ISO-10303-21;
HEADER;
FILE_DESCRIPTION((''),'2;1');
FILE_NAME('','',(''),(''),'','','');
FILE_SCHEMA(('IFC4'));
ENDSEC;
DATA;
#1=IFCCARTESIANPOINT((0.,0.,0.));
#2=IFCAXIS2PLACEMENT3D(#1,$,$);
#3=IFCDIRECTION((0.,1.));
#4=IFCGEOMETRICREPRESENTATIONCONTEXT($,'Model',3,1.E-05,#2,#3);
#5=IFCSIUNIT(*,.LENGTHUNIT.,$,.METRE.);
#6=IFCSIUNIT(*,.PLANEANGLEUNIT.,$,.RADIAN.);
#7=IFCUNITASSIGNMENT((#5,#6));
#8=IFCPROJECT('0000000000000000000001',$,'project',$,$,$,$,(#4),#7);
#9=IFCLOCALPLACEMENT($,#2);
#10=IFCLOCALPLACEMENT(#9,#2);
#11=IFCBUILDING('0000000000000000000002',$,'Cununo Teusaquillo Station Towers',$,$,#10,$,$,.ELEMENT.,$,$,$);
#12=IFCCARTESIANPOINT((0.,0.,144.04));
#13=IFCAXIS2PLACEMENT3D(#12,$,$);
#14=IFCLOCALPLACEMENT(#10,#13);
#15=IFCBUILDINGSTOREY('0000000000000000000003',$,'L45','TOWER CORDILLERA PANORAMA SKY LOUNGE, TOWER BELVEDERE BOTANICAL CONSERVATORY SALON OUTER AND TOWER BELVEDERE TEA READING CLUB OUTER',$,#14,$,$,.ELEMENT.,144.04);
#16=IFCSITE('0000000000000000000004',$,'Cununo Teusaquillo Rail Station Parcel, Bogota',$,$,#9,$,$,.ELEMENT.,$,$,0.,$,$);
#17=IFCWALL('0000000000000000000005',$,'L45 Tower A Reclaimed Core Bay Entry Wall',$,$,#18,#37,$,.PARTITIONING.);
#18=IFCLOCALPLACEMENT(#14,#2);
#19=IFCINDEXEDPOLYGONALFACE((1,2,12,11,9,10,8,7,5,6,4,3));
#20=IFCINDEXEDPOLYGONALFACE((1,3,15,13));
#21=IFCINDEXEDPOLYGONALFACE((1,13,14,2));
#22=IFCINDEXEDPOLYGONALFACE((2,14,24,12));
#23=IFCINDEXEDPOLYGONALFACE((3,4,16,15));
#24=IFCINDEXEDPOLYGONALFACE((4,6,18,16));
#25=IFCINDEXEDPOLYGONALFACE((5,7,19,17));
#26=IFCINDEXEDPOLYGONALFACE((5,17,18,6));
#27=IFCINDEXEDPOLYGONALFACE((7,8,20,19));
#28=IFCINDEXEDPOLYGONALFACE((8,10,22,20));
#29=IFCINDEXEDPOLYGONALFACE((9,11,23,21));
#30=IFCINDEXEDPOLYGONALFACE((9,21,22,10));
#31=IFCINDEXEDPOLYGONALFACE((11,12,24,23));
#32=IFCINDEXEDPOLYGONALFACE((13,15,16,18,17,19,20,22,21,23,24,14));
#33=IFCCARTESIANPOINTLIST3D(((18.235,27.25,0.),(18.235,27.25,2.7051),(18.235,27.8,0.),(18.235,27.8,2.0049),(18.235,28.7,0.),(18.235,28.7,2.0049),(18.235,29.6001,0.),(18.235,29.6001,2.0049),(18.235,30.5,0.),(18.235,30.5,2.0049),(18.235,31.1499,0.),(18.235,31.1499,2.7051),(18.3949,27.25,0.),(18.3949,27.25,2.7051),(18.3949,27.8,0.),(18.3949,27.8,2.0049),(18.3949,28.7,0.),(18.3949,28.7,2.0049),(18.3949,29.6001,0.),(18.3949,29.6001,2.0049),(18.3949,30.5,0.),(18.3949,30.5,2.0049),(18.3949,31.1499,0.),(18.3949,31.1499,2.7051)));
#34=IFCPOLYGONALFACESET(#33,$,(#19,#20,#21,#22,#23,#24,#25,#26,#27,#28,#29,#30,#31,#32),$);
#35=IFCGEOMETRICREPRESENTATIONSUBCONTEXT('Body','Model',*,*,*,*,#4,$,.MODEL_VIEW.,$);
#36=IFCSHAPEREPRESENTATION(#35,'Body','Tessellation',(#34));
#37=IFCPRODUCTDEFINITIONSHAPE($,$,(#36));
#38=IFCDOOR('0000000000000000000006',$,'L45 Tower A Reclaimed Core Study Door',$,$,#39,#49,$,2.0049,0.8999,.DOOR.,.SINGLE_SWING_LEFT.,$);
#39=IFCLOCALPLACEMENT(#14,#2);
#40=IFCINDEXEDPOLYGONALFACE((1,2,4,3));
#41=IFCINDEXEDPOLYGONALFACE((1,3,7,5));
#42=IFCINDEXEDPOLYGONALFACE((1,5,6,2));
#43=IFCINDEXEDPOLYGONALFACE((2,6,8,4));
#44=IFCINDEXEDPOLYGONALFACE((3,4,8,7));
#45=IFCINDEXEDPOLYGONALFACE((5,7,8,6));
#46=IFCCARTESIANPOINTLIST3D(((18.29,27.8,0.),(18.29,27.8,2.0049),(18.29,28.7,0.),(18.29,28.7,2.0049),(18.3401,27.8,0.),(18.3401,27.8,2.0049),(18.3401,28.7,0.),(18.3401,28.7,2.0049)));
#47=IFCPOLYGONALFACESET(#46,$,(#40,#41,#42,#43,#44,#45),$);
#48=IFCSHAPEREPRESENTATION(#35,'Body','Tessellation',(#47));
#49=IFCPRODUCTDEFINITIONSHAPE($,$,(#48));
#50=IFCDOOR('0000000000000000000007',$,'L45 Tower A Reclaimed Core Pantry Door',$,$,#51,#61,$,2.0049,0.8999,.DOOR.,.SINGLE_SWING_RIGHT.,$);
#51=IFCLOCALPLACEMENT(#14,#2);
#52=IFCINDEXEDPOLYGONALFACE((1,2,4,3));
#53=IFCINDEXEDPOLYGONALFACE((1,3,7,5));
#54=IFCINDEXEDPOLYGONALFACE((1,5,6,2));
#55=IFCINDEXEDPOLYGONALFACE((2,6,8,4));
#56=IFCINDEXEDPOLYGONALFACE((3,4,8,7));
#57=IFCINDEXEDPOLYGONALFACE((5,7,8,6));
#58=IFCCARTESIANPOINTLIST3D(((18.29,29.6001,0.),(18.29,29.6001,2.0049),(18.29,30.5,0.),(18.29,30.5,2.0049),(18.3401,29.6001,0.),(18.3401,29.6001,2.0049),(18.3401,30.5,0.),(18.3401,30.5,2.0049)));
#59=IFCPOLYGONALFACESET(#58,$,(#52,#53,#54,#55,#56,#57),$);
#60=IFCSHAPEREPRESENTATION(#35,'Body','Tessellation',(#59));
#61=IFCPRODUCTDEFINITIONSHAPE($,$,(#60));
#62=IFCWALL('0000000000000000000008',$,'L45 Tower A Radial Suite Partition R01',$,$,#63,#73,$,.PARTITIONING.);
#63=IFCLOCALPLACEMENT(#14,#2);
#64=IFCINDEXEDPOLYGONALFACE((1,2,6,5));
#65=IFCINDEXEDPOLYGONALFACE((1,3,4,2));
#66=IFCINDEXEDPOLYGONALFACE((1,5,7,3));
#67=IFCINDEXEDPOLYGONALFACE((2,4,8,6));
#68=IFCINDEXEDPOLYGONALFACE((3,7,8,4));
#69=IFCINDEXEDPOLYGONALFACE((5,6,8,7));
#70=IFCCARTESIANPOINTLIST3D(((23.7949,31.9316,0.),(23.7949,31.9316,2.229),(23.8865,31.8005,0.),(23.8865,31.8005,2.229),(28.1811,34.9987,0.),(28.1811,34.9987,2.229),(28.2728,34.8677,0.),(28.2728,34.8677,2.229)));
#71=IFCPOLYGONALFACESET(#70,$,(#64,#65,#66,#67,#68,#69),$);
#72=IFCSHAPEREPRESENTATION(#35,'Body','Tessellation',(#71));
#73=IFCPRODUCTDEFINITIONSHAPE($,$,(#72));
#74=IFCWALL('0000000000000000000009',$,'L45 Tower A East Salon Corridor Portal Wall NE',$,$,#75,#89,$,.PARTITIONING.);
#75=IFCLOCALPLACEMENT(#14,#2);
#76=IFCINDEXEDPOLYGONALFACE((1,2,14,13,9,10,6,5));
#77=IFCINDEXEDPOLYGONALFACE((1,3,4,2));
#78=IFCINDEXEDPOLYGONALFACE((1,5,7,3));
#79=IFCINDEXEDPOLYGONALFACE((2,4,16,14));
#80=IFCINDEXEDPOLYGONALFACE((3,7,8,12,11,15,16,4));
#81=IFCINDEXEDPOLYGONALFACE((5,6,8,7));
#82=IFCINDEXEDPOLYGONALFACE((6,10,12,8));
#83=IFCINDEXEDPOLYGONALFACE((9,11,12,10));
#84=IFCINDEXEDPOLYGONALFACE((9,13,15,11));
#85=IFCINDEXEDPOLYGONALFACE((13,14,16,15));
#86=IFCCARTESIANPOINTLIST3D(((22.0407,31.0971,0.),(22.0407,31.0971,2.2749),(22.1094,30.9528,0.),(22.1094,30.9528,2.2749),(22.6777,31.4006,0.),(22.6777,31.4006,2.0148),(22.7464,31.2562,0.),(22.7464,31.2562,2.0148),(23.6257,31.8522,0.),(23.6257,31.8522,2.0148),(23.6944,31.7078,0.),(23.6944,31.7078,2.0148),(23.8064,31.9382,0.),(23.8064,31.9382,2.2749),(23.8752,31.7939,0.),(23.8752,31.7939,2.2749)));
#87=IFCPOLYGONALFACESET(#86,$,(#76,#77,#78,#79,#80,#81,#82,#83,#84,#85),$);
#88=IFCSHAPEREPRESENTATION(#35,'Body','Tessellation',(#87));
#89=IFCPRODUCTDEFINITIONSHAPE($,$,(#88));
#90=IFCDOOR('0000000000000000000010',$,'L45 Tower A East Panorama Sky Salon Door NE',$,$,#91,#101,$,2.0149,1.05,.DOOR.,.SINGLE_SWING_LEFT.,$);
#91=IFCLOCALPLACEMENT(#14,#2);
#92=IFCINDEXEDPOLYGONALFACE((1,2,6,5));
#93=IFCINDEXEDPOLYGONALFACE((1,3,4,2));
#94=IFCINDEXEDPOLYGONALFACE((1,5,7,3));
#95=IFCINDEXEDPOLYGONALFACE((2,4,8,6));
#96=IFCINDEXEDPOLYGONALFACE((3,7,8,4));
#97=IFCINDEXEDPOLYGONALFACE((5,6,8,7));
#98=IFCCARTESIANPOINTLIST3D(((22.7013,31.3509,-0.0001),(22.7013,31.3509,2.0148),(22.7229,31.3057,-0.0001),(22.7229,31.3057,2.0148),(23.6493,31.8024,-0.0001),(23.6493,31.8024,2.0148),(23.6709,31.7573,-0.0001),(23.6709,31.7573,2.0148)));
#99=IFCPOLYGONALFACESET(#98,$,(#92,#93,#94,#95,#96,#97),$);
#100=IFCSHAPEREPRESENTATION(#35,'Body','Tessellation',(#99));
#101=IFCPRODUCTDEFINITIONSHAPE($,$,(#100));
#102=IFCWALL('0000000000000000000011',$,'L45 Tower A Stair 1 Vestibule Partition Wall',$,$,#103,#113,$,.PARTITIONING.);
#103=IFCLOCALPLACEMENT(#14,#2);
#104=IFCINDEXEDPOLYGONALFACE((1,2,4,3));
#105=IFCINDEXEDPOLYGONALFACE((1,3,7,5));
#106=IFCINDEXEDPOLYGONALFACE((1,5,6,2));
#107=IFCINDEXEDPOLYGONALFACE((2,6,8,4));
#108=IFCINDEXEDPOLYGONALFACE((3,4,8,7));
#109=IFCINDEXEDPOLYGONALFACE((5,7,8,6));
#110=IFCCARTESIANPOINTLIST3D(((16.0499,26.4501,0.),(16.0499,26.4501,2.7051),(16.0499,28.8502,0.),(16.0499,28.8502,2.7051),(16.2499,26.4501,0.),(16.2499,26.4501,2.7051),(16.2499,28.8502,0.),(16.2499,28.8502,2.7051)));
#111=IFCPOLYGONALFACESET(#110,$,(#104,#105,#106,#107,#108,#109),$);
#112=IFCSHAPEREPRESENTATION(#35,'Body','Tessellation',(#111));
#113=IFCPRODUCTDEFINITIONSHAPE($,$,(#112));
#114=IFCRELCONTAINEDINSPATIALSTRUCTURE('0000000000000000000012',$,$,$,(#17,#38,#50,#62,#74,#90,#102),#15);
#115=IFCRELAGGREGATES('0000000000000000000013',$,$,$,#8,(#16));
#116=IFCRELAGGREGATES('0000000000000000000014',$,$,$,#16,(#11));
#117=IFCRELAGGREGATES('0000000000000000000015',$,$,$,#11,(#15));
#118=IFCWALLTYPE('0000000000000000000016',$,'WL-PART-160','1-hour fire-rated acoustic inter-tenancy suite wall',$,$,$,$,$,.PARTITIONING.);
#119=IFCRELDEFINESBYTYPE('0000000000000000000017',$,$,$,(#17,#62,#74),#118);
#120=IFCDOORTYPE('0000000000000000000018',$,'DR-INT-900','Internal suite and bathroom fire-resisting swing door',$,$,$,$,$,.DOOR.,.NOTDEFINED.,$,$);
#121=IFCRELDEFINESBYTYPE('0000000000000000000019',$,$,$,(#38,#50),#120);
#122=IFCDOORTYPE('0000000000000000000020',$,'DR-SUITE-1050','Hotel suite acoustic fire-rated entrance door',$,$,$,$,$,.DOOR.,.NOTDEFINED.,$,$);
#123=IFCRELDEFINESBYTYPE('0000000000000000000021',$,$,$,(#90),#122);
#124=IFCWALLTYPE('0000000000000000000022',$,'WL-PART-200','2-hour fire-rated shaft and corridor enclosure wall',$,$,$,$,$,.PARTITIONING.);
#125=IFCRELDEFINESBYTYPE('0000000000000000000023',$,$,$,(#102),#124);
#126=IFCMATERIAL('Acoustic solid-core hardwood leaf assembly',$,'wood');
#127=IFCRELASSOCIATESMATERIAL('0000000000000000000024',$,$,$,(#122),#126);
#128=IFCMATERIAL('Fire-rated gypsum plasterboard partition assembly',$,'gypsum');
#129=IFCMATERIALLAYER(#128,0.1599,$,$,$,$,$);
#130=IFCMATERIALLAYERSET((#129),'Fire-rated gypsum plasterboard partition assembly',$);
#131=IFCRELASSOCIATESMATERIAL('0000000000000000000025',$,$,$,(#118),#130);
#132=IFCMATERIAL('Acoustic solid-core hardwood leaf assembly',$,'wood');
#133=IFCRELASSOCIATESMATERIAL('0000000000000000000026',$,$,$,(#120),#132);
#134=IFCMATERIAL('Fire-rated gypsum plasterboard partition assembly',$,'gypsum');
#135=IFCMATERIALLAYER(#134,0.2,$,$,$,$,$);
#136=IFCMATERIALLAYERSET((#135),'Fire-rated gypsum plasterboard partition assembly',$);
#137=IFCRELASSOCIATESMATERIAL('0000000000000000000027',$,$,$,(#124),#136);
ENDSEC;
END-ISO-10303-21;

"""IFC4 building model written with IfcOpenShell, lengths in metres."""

from ifc_helpers import new_model, si_unit, direction, frame, frame_2d, origin, place, context, subcontext, project, spatial, rectangle, extrude, source, transform, mapped, material, layer, layer_set, type_object, element, fill, save


model = new_model("IFC4")

# Units and contexts
model_context = context("Model", 3, precision=1e-05, world=origin(), true_north=direction((0.0, 1.0)))
body_context = subcontext(model_context, "Body", "Model", "MODEL_VIEW")
ifc_project = project(units=[si_unit("LENGTHUNIT", "METRE"), si_unit("PLANEANGLEUNIT", "RADIAN")], contexts=[model_context])

# Site, building, storey
site_placement = place(None, origin())
site = spatial("IfcSite", under=ifc_project, at=site_placement, Name="Cununo Teusaquillo Rail Station Parcel, Bogota", CompositionType="ELEMENT", RefElevation=0.0)
building_placement = place(site_placement, origin())
building = spatial("IfcBuilding", under=site, at=building_placement, Name="Cununo Teusaquillo Station Towers", CompositionType="ELEMENT")
storey_placement = place(building_placement, frame((0.0, 0.0, 144.04)))
storey = spatial("IfcBuildingStorey", under=building, at=storey_placement, Name="L45", Description="TOWER CORDILLERA PANORAMA SKY LOUNGE, TOWER BELVEDERE BOTANICAL CONSERVATORY SALON OUTER AND TOWER BELVEDERE TEA READING CLUB OUTER", CompositionType="ELEMENT", Elevation=144.04)

# Shared definitions
shared_shape_1 = source(origin(), body_context, "Body", "SweptSolid", [
    extrude(rectangle(XDim=0.8999, YDim=2.0049, at=frame_2d((0.45, 1.0024))), frame((0.0, 0.0249, 0.0), z_axis=(0.0, -1.0, 0.0), x_axis=(1.0, 0.0, 0.0)), (0.0, 0.0, 1.0), 0.05),
])

# Shared definitions
ifc_material_1 = material(Name="Acoustic solid-core hardwood leaf assembly", Category="wood")
door_type_1 = type_object("IfcDoorType", Name="DR-SUITE-1050", Description="Hotel suite acoustic fire-rated entrance door", OperationType="NOTDEFINED", PredefinedType="DOOR", material=ifc_material_1)
shared_shape_2 = source(origin(), body_context, "Body", "SweptSolid", [
    extrude(rectangle(XDim=1.05, YDim=2.0149, at=frame_2d((0.5249, 1.0073))), frame((0.0, 0.0249, 0.0), z_axis=(0.0, -1.0, 0.0), x_axis=(1.0, 0.0, 0.0)), (0.0, 0.0, 1.0), 0.05),
])

# Wall, openings, doors
ifc_material_2 = material(Name="Fire-rated gypsum plasterboard partition assembly", Category="gypsum")
ifc_layer_1 = layer(ifc_material_2, 0.1599)
ifc_layer_set_1 = layer_set([ifc_layer_1], Name="Fire-rated gypsum plasterboard partition assembly")
wall_type_1 = type_object("IfcWallType", Name="WL-PART-160", Description="1-hour fire-rated acoustic inter-tenancy suite wall", PredefinedType="PARTITIONING", material=ifc_layer_set_1)
wall_1_placement = place(storey_placement, frame((18.3149, 27.25, 0.0), z_axis=(0.0, 0.0, 1.0), x_axis=(0.0, 1.0, 0.0)))
wall_1 = element("IfcWall", 1, at=wall_1_placement, inside=storey, type_object=wall_type_1, Name="L45 Tower A Reclaimed Core Bay Entry Wall", PredefinedType="PARTITIONING", context=body_context, shape_type="SweptSolid", body=[
    extrude(rectangle(XDim=3.8999, YDim=0.1599, at=frame_2d((1.95, 0.0))), origin(), (0.0, 0.0, 1.0), 2.7051),
])
shared_shape_3 = source(origin(), body_context, "Body", "SweptSolid", [
    extrude(rectangle(XDim=0.8999, YDim=2.0049, at=frame_2d((0.45, 1.0024))), frame((0.0, 0.0898, 0.0), z_axis=(0.0, -1.0, 0.0), x_axis=(1.0, 0.0, 0.0)), (0.0, 0.0, 1.0), 0.1799),
])
opening_1_placement = place(wall_1_placement, frame((0.55, 0.0, 0.0)))
opening_1 = element("IfcOpeningElement", 2, at=opening_1_placement, cuts=wall_1, PredefinedType="OPENING", context=body_context, shape_type="MappedRepresentation", body=[
    mapped(shared_shape_3, transform((0.0, 0.0, 0.0), x_axis=(1.0, 0.0, 0.0), y_axis=(0.0, 1.0, 0.0), z_axis=(0.0, 0.0, 1.0), scale=1.0)),
])
opening_2_placement = place(wall_1_placement, frame((2.3501, 0.0, 0.0)))
opening_2 = element("IfcOpeningElement", 3, at=opening_2_placement, cuts=wall_1, PredefinedType="OPENING", context=body_context, shape_type="MappedRepresentation", body=[
    mapped(shared_shape_3, transform((0.0, 0.0, 0.0), x_axis=(1.0, 0.0, 0.0), y_axis=(0.0, 1.0, 0.0), z_axis=(0.0, 0.0, 1.0), scale=1.0)),
])
ifc_material_3 = material(Name="Acoustic solid-core hardwood leaf assembly", Category="wood")
door_type_2 = type_object("IfcDoorType", Name="DR-INT-900", Description="Internal suite and bathroom fire-resisting swing door", OperationType="NOTDEFINED", PredefinedType="DOOR", material=ifc_material_3)
door_1_placement = place(opening_1_placement, origin())
door_1 = element("IfcDoor", 4, at=door_1_placement, inside=storey, type_object=door_type_2, Name="L45 Tower A Reclaimed Core Study Door", OperationType="SINGLE_SWING_LEFT", OverallHeight=2.0049, OverallWidth=0.8999, PredefinedType="DOOR", context=body_context, shape_type="MappedRepresentation", body=[
    mapped(shared_shape_1, transform((0.0, 0.0, 0.0), x_axis=(1.0, 0.0, 0.0), y_axis=(0.0, 1.0, 0.0), z_axis=(0.0, 0.0, 1.0), scale=1.0)),
])
fill(opening_1, door_1)
door_2_placement = place(opening_2_placement, origin())
door_2 = element("IfcDoor", 5, at=door_2_placement, inside=storey, type_object=door_type_2, Name="L45 Tower A Reclaimed Core Pantry Door", OperationType="SINGLE_SWING_RIGHT", OverallHeight=2.0049, OverallWidth=0.8999, PredefinedType="DOOR", context=body_context, shape_type="MappedRepresentation", body=[
    mapped(shared_shape_1, transform((0.0, 0.0, 0.0), x_axis=(1.0, 0.0, 0.0), y_axis=(0.0, 1.0, 0.0), z_axis=(0.0, 0.0, 1.0), scale=1.0)),
])
fill(opening_2, door_2)

# Wall
wall_2_placement = place(storey_placement, frame((23.8406, 31.866, 0.0), z_axis=(0.0, 0.0, 1.0), x_axis=(0.819515, 0.573058, 0.0)))
element("IfcWall", 6, at=wall_2_placement, inside=storey, type_object=wall_type_1, Name="L45 Tower A Radial Suite Partition R01", PredefinedType="PARTITIONING", context=body_context, shape_type="SweptSolid", body=[
    extrude(rectangle(XDim=5.3523, YDim=0.1599, at=frame_2d((2.6763, 0.0))), origin(), (0.0, 0.0, 1.0), 2.229),
])

# Wall, opening, door
wall_3_placement = place(storey_placement, frame((22.075, 31.0249, 0.0), z_axis=(0.0, 0.0, 1.0), x_axis=(0.902803, 0.430055, 0.0)))
wall_3 = element("IfcWall", 7, at=wall_3_placement, inside=storey, type_object=wall_type_1, Name="L45 Tower A East Salon Corridor Portal Wall NE", PredefinedType="PARTITIONING", context=body_context, shape_type="SweptSolid", body=[
    extrude(rectangle(XDim=1.9558, YDim=0.1599, at=frame_2d((0.978, 0.0))), origin(), (0.0, 0.0, 1.0), 2.2749),
])
shared_shape_4 = source(origin(), body_context, "Body", "SweptSolid", [
    extrude(rectangle(XDim=1.05, YDim=2.0149, at=frame_2d((0.5249, 1.0073))), frame((0.0, 0.0898, 0.0), z_axis=(0.0, -1.0, 0.0), x_axis=(1.0, 0.0, 0.0)), (0.0, 0.0, 1.0), 0.1799),
])
opening_3_placement = place(wall_3_placement, frame((0.7058, 0.0, 0.0)))
opening_3 = element("IfcOpeningElement", 8, at=opening_3_placement, cuts=wall_3, PredefinedType="OPENING", context=body_context, shape_type="MappedRepresentation", body=[
    mapped(shared_shape_4, transform((0.0, 0.0, 0.0), x_axis=(1.0, 0.0, 0.0), y_axis=(0.0, 1.0, 0.0), z_axis=(0.0, 0.0, 1.0), scale=1.0)),
])
door_3_placement = place(opening_3_placement, origin())
door_3 = element("IfcDoor", 9, at=door_3_placement, inside=storey, type_object=door_type_1, Name="L45 Tower A East Panorama Sky Salon Door NE", OperationType="SINGLE_SWING_LEFT", OverallHeight=2.0149, OverallWidth=1.05, PredefinedType="DOOR", context=body_context, shape_type="MappedRepresentation", body=[
    mapped(shared_shape_2, transform((0.0, 0.0, 0.0), x_axis=(1.0, 0.0, 0.0), y_axis=(0.0, 1.0, 0.0), z_axis=(0.0, 0.0, 1.0), scale=1.0)),
])
fill(opening_3, door_3)

# Wall
ifc_material_4 = material(Name="Fire-rated gypsum plasterboard partition assembly", Category="gypsum")
ifc_layer_2 = layer(ifc_material_4, 0.2)
ifc_layer_set_2 = layer_set([ifc_layer_2], Name="Fire-rated gypsum plasterboard partition assembly")
wall_type_2 = type_object("IfcWallType", Name="WL-PART-200", Description="2-hour fire-rated shaft and corridor enclosure wall", PredefinedType="PARTITIONING", material=ifc_layer_set_2)
wall_4_placement = place(storey_placement, frame((16.1499, 26.45, 0.0), z_axis=(0.0, 0.0, 1.0), x_axis=(0.0, 1.0, 0.0)))
element("IfcWall", 10, at=wall_4_placement, inside=storey, type_object=wall_type_2, Name="L45 Tower A Stair 1 Vestibule Partition Wall", PredefinedType="PARTITIONING", context=body_context, shape_type="SweptSolid", body=[
    extrude(rectangle(XDim=2.4001, YDim=0.2, at=frame_2d((1.2002, 0.0))), origin(), (0.0, 0.0, 1.0), 2.7051),
])

save(model, "model.ifc")
